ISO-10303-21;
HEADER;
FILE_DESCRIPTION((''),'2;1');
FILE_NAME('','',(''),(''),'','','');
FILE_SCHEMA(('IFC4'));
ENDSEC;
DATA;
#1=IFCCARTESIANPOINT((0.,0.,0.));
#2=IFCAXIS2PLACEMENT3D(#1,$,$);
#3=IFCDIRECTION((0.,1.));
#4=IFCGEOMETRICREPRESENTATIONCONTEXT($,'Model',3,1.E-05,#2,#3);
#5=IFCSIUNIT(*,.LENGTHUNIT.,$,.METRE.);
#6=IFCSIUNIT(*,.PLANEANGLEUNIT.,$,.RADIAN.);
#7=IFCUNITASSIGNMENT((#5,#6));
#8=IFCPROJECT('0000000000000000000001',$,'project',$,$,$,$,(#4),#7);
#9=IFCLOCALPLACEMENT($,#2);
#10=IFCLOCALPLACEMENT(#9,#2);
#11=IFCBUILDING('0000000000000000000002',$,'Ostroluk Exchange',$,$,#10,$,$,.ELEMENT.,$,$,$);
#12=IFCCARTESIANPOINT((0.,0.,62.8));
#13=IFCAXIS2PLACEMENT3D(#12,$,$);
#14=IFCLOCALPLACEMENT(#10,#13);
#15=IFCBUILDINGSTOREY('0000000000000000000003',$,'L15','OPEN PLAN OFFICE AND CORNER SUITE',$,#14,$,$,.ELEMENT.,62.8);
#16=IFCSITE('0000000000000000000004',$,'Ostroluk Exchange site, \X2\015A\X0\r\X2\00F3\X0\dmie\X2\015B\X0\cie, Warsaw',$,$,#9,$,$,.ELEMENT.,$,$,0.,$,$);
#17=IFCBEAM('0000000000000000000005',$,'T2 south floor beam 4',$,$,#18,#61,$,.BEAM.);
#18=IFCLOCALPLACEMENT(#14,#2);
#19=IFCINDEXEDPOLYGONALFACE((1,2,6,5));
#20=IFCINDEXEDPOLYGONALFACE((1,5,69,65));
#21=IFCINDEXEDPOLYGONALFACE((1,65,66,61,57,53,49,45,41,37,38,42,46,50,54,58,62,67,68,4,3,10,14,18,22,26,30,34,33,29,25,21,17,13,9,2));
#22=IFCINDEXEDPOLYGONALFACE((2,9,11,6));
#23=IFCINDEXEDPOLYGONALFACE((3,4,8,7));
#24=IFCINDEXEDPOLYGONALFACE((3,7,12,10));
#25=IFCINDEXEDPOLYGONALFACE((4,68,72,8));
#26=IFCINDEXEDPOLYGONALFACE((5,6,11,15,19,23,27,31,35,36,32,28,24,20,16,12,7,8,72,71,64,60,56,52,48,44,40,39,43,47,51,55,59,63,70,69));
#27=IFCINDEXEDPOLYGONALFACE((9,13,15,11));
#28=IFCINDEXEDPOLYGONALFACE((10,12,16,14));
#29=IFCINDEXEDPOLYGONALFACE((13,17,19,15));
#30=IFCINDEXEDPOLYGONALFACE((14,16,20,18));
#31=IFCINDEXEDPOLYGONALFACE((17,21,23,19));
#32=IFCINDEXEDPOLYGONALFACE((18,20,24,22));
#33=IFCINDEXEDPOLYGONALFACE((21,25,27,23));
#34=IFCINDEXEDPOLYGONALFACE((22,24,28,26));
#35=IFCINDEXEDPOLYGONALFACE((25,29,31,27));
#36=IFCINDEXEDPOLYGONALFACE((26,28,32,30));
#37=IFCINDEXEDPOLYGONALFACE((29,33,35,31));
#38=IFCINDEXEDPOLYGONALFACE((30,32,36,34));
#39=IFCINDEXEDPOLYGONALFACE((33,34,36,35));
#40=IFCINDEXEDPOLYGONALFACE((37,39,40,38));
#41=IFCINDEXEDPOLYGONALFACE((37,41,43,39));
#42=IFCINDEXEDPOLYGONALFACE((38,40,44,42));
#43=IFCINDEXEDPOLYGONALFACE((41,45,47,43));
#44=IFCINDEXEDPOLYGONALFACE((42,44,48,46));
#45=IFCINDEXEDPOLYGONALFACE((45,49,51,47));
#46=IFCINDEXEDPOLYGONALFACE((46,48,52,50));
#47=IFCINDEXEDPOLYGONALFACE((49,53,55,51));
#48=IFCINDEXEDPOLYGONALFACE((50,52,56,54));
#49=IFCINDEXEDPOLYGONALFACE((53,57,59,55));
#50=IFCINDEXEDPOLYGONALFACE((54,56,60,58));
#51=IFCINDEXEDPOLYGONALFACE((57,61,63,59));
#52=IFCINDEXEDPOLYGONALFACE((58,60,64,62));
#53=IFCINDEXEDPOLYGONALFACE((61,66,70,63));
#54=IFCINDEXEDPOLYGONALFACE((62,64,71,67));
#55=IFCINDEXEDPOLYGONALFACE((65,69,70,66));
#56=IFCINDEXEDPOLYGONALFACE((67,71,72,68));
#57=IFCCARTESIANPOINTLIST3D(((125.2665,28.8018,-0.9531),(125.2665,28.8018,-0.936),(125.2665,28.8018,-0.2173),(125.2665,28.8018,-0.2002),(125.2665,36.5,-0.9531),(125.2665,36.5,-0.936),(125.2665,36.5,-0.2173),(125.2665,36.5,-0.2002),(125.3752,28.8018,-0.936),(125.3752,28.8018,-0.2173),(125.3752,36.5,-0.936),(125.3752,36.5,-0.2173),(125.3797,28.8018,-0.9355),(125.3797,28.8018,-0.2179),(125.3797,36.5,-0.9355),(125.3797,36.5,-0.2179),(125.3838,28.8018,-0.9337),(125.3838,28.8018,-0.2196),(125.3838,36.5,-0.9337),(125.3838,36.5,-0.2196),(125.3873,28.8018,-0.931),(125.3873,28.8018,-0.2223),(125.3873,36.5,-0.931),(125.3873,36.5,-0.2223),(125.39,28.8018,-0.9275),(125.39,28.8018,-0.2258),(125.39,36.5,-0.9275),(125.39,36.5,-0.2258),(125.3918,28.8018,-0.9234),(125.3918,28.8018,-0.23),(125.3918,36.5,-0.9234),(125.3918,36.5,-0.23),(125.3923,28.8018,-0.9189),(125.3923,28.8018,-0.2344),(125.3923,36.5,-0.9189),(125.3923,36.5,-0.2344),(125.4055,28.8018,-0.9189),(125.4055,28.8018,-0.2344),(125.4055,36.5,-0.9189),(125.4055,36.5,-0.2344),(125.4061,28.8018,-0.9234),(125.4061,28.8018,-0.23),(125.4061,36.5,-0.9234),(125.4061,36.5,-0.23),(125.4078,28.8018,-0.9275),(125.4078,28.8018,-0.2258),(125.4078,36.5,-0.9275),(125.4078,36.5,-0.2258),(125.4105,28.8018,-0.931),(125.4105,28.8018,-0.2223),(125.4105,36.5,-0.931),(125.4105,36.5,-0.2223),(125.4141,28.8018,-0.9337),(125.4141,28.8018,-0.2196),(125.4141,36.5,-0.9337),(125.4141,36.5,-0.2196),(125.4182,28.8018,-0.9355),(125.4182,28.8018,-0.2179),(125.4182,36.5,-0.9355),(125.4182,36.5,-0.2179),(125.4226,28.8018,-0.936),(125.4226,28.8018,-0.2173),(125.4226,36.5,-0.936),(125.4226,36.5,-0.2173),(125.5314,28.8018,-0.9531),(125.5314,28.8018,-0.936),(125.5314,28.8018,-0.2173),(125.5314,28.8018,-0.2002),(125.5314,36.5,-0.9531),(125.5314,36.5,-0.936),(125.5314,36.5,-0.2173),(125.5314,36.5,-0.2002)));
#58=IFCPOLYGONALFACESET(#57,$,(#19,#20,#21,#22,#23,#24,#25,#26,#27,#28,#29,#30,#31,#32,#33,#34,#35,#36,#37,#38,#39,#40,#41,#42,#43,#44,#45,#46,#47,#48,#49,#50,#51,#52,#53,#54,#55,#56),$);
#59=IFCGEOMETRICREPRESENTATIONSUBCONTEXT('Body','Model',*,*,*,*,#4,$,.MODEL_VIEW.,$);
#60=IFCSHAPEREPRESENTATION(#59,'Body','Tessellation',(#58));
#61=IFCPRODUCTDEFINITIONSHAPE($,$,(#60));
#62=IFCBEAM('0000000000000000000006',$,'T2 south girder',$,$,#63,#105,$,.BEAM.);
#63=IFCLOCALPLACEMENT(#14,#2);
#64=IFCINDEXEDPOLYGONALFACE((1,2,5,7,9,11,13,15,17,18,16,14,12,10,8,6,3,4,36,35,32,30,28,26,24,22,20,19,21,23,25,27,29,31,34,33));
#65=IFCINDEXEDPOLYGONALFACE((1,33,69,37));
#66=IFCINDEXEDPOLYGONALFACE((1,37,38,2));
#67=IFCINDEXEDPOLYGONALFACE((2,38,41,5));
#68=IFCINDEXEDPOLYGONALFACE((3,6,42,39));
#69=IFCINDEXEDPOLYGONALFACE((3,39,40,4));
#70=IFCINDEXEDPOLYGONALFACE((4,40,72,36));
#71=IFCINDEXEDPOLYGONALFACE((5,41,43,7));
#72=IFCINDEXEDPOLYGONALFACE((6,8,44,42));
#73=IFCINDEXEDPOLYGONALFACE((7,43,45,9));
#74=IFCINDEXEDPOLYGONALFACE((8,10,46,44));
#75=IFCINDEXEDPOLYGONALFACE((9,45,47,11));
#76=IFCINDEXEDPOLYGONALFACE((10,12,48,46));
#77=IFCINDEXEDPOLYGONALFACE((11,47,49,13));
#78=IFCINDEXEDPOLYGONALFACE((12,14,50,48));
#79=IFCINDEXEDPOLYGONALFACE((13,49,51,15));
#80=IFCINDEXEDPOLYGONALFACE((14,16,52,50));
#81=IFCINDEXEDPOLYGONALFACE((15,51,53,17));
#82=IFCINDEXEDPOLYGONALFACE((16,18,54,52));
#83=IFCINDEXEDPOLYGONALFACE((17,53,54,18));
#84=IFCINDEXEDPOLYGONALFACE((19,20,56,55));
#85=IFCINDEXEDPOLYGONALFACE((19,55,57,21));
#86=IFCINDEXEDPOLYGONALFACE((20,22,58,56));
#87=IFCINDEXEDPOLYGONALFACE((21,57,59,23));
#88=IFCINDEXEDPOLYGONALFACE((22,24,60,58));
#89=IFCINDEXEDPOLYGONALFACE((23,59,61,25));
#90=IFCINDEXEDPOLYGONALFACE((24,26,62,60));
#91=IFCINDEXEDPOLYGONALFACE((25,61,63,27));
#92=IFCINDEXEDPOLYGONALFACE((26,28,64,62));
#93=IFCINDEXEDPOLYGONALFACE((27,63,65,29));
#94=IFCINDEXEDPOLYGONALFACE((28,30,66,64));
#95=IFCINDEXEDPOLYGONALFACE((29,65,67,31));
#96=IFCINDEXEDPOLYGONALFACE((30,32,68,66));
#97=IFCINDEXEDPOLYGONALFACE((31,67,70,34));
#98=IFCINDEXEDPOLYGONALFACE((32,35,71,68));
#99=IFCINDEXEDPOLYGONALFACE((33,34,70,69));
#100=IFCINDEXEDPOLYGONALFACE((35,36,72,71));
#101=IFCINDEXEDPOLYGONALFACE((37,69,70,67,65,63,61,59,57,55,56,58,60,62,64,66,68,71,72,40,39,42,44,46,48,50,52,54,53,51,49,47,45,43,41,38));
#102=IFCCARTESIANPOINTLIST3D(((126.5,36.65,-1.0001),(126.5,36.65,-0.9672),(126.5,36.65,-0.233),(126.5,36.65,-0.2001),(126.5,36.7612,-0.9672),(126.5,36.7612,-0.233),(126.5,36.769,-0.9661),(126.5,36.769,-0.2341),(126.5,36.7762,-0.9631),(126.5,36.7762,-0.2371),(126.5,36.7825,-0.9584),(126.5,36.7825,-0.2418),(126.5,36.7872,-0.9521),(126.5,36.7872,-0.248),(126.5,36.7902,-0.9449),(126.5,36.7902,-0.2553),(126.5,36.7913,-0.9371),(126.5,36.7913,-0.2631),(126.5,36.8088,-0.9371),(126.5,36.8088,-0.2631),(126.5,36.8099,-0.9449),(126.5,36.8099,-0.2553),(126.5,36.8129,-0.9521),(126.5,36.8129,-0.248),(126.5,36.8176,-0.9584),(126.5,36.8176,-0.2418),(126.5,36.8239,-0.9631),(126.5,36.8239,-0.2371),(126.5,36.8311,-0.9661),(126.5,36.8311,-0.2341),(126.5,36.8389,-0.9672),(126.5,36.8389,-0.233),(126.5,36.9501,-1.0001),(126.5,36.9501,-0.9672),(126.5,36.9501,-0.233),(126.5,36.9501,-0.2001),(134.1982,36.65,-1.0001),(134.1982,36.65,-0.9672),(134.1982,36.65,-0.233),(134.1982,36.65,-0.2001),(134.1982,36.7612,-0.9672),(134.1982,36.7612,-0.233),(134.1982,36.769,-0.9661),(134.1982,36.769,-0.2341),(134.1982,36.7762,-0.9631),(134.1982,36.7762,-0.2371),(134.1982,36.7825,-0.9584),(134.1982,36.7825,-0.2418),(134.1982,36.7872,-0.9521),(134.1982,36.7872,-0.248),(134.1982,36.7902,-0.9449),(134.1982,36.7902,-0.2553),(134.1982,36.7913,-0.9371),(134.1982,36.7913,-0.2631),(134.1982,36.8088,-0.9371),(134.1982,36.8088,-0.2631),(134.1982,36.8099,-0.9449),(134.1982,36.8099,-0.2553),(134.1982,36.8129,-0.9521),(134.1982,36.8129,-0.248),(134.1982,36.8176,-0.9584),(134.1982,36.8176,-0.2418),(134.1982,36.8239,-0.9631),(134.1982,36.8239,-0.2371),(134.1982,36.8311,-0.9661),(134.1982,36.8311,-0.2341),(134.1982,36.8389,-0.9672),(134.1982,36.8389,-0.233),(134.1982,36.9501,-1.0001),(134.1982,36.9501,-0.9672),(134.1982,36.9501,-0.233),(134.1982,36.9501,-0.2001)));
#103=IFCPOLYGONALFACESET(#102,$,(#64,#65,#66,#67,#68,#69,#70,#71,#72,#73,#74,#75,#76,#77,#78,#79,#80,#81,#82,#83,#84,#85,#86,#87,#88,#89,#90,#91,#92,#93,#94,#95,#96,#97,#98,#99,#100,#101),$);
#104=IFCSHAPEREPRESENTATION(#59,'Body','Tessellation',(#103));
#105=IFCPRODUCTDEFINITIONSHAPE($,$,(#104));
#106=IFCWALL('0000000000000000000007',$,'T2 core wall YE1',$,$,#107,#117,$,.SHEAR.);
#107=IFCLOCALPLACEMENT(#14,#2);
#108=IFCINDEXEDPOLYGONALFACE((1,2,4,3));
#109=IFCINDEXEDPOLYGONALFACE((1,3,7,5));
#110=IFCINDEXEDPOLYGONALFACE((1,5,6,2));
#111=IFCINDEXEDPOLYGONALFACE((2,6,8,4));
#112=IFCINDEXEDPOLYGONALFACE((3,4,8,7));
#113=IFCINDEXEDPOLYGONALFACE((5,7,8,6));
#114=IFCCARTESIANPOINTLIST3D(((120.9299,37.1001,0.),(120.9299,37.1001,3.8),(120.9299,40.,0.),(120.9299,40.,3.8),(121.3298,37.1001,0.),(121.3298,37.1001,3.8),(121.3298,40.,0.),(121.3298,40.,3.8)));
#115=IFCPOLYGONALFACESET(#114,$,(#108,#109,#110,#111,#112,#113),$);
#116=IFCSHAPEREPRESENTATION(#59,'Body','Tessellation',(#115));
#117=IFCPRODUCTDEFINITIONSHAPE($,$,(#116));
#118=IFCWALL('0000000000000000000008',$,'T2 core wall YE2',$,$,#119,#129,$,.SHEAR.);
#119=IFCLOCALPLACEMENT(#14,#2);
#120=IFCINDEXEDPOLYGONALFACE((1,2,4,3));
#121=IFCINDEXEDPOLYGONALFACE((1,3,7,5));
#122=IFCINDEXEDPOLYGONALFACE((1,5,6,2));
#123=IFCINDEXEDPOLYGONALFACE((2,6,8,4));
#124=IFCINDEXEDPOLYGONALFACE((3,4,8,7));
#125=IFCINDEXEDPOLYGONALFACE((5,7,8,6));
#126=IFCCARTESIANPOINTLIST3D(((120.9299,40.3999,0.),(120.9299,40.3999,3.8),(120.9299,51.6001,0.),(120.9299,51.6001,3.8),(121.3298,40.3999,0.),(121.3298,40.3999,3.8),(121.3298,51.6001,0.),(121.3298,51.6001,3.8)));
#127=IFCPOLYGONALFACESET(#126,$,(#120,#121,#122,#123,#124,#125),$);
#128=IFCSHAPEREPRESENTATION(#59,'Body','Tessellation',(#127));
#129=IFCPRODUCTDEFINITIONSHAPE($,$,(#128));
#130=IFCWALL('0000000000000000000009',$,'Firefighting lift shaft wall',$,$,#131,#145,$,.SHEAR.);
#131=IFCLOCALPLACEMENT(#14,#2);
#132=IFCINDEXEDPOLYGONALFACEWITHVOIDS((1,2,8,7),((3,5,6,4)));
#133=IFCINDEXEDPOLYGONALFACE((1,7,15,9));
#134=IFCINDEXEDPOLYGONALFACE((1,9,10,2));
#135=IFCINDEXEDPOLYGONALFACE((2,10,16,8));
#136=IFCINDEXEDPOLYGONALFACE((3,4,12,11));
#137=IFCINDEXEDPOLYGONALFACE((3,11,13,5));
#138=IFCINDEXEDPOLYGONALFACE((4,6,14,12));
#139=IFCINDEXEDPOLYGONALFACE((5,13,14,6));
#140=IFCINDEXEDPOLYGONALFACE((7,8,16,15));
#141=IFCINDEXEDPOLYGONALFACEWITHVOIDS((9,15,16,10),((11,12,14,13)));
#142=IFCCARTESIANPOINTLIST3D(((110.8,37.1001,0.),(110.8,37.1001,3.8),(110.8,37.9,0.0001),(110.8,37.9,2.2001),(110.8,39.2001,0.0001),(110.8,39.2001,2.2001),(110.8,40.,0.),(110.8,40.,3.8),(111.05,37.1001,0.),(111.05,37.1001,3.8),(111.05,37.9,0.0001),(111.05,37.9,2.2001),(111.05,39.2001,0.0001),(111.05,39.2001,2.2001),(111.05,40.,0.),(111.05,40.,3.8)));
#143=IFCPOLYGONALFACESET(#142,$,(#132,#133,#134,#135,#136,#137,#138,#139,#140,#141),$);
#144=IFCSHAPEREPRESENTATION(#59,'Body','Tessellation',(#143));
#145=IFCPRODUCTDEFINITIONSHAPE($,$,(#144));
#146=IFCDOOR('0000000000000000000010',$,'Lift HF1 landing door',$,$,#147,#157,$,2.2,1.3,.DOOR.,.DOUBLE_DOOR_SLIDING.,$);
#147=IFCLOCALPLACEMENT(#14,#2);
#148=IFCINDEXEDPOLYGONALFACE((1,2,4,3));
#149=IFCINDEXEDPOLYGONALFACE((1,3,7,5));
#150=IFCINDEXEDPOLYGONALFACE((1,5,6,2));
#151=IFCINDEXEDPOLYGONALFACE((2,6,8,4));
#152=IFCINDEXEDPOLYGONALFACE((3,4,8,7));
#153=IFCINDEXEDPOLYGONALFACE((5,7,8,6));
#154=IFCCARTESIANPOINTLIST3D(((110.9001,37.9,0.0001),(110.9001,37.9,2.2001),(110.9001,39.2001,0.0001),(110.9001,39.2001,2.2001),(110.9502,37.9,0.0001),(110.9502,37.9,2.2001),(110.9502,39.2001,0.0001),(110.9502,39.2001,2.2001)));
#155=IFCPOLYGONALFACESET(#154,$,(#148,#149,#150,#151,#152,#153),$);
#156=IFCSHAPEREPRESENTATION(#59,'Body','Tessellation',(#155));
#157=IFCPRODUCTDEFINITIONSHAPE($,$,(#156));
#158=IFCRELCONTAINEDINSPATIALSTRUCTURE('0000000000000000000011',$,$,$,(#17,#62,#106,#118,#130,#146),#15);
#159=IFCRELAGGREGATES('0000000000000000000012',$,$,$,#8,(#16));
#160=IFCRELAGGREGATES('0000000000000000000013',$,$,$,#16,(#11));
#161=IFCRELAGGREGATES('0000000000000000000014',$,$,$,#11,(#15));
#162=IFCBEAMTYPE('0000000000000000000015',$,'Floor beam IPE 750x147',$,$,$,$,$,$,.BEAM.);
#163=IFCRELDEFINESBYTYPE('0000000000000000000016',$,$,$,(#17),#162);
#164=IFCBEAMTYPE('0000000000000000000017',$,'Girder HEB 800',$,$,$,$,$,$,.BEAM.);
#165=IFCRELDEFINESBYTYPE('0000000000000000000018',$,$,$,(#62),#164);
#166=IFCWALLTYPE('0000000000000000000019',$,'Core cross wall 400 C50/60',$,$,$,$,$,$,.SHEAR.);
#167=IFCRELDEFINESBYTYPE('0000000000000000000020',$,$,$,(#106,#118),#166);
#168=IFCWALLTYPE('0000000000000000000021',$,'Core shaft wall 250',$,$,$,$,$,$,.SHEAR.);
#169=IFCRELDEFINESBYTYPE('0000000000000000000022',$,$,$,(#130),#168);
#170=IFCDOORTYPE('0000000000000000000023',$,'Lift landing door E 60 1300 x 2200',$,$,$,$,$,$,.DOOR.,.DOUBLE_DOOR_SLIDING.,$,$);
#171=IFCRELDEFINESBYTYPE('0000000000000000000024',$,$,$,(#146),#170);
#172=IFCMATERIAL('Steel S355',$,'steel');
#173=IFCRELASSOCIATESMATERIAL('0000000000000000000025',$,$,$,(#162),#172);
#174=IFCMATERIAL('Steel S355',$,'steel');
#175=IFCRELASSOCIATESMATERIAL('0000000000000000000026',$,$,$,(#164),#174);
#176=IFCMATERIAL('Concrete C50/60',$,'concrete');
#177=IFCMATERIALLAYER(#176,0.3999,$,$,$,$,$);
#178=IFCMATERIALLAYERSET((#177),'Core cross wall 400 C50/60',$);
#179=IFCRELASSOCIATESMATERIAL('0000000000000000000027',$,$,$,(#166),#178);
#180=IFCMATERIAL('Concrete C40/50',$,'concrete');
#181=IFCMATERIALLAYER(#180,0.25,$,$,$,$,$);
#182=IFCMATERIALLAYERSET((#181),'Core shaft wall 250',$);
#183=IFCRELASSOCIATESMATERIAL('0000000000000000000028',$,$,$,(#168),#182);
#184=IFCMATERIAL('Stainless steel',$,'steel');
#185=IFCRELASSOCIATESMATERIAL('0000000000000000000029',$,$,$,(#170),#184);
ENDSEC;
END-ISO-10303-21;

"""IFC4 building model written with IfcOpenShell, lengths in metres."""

from ifc_helpers import new_model, si_unit, direction, frame, frame_2d, origin, origin_2d, place, context, subcontext, project, spatial, rectangle, i_section, extrude, material, layer, layer_set, material_profile, profile_set, type_object, element, fill, save


model = new_model("IFC4")

# Units and contexts
model_context = context("Model", 3, precision=1e-05, world=origin(), true_north=direction((0.0, 1.0)))
body_context = subcontext(model_context, "Body", "Model", "MODEL_VIEW")
ifc_project = project(units=[si_unit("LENGTHUNIT", "METRE"), si_unit("PLANEANGLEUNIT", "RADIAN")], contexts=[model_context])

# Site, building, storey
site_placement = place(None, origin())
site = spatial("IfcSite", under=ifc_project, at=site_placement, Name="Ostroluk Exchange site, Śródmieście, Warsaw", CompositionType="ELEMENT", RefElevation=0.0)
building_placement = place(site_placement, origin())
building = spatial("IfcBuilding", under=site, at=building_placement, Name="Ostroluk Exchange", CompositionType="ELEMENT")
storey_placement = place(building_placement, frame((0.0, 0.0, 62.8)))
storey = spatial("IfcBuildingStorey", under=building, at=storey_placement, Name="L15", Description="OPEN PLAN OFFICE AND CORNER SUITE", CompositionType="ELEMENT", Elevation=62.8)

# Beams
ifc_material_1 = material(Name="Steel S355", Category="steel")
ifc_material_profile_1 = material_profile(ifc_material_1, i_section(OverallWidth=0.2649, OverallDepth=0.7529, WebThickness=0.0132, FlangeThickness=0.0171, FilletRadius=0.0171, at=origin_2d()), Name="IPE 750x147")
ifc_profile_set_1 = profile_set([ifc_material_profile_1], Name="Steel S355")
beam_type_1 = type_object("IfcBeamType", Name="Floor beam IPE 750x147", PredefinedType="BEAM", material=ifc_profile_set_1)
for number, where, z_axis, x_axis, name in (
    (1, (125.3989, 36.5, -0.5767), (0.0, -1.0, 0.0), (1.0, 0.0, 0.0), "T2 south floor beam 4"),
):
    element("IfcBeam", number, at=place(storey_placement, frame(where, z_axis=z_axis, x_axis=x_axis)), inside=storey, type_object=beam_type_1, Name=name, PredefinedType="BEAM", context=body_context, shape_type="SweptSolid", body=[
        extrude(i_section(OverallWidth=0.2649, OverallDepth=0.7529, WebThickness=0.0132, FlangeThickness=0.0171, FilletRadius=0.0171, at=origin_2d()), origin(), (0.0, 0.0, 1.0), 7.6982),
    ])
ifc_material_2 = material(Name="Steel S355", Category="steel")
ifc_material_profile_2 = material_profile(ifc_material_2, i_section(OverallWidth=0.3, OverallDepth=0.8, WebThickness=0.0176, FlangeThickness=0.033, FilletRadius=0.03, at=origin_2d()), Name="HEB 800")
ifc_profile_set_2 = profile_set([ifc_material_profile_2], Name="Steel S355")
beam_type_2 = type_object("IfcBeamType", Name="Girder HEB 800", PredefinedType="BEAM", material=ifc_profile_set_2)
beam_placement = place(storey_placement, frame((126.5, 36.8, -0.6001), z_axis=(1.0, 0.0, 0.0), x_axis=(0.0, 1.0, 0.0)))
element("IfcBeam", 2, at=beam_placement, inside=storey, type_object=beam_type_2, Name="T2 south girder", PredefinedType="BEAM", context=body_context, shape_type="SweptSolid", body=[
    extrude(i_section(OverallWidth=0.3, OverallDepth=0.8, WebThickness=0.0176, FlangeThickness=0.033, FilletRadius=0.03, at=origin_2d()), origin(), (0.0, 0.0, 1.0), 7.6982),
])

# Walls
ifc_material_3 = material(Name="Concrete C50/60", Category="concrete")
ifc_layer_1 = layer(ifc_material_3, 0.3999)
ifc_layer_set_1 = layer_set([ifc_layer_1], Name="Core cross wall 400 C50/60")
wall_type_1 = type_object("IfcWallType", Name="Core cross wall 400 C50/60", PredefinedType="SHEAR", material=ifc_layer_set_1)
wall_1_placement = place(storey_placement, frame((121.1299, 37.1001, 0.0), z_axis=(0.0, 0.0, 1.0), x_axis=(0.0, 1.0, 0.0)))
element("IfcWall", 3, at=wall_1_placement, inside=storey, type_object=wall_type_1, Name="T2 core wall YE1", PredefinedType="SHEAR", context=body_context, shape_type="SweptSolid", body=[
    extrude(rectangle(XDim=2.8999, YDim=0.3999, at=frame_2d((1.45, 0.0))), origin(), (0.0, 0.0, 1.0), 3.8),
])
wall_2_placement = place(storey_placement, frame((121.1299, 40.3999, 0.0), z_axis=(0.0, 0.0, 1.0), x_axis=(0.0, 1.0, 0.0)))
element("IfcWall", 4, at=wall_2_placement, inside=storey, type_object=wall_type_1, Name="T2 core wall YE2", PredefinedType="SHEAR", context=body_context, shape_type="SweptSolid", body=[
    extrude(rectangle(XDim=11.2002, YDim=0.3999, at=frame_2d((5.6001, 0.0))), origin(), (0.0, 0.0, 1.0), 3.8),
])

# Wall, opening, door
ifc_material_4 = material(Name="Concrete C40/50", Category="concrete")
ifc_layer_2 = layer(ifc_material_4, 0.25)
ifc_layer_set_2 = layer_set([ifc_layer_2], Name="Core shaft wall 250")
wall_type_2 = type_object("IfcWallType", Name="Core shaft wall 250", PredefinedType="SHEAR", material=ifc_layer_set_2)
wall_3_placement = place(storey_placement, frame((110.925, 37.1001, 0.0), z_axis=(0.0, 0.0, 1.0), x_axis=(0.0, 1.0, 0.0)))
wall_3 = element("IfcWall", 5, at=wall_3_placement, inside=storey, type_object=wall_type_2, Name="Firefighting lift shaft wall", PredefinedType="SHEAR", context=body_context, shape_type="SweptSolid", body=[
    extrude(rectangle(XDim=2.8999, YDim=0.25, at=frame_2d((1.45, 0.0))), origin(), (0.0, 0.0, 1.0), 3.8),
])
opening_1_placement = place(wall_3_placement, frame((0.8, 0.0, 0.0)))
opening_1 = element("IfcOpeningElement", 6, at=opening_1_placement, cuts=wall_3, PredefinedType="OPENING", context=body_context, shape_type="SweptSolid", body=[
    extrude(rectangle(XDim=1.3, YDim=2.2, at=frame_2d((0.6499, 1.1001))), frame((0.0, 0.135, 0.0), z_axis=(0.0, -1.0, 0.0), x_axis=(1.0, 0.0, 0.0)), (0.0, 0.0, 1.0), 0.27),
])
ifc_material_5 = material(Name="Stainless steel", Category="steel")
door_type_1 = type_object("IfcDoorType", Name="Lift landing door E 60 1300 x 2200", OperationType="DOUBLE_DOOR_SLIDING", PredefinedType="DOOR", material=ifc_material_5)
door_1_placement = place(opening_1_placement, origin())
door_1 = element("IfcDoor", 7, at=door_1_placement, inside=storey, type_object=door_type_1, Name="Lift HF1 landing door", OperationType="DOUBLE_DOOR_SLIDING", OverallHeight=2.2, OverallWidth=1.3, PredefinedType="DOOR", context=body_context, shape_type="SweptSolid", body=[
    extrude(rectangle(XDim=1.3, YDim=2.2, at=frame_2d((0.6499, 1.1001))), frame((0.0, 0.0249, 0.0), z_axis=(0.0, -1.0, 0.0), x_axis=(1.0, 0.0, 0.0)), (0.0, 0.0, 1.0), 0.05),
])
fill(opening_1, door_1)

save(model, "model.ifc")
